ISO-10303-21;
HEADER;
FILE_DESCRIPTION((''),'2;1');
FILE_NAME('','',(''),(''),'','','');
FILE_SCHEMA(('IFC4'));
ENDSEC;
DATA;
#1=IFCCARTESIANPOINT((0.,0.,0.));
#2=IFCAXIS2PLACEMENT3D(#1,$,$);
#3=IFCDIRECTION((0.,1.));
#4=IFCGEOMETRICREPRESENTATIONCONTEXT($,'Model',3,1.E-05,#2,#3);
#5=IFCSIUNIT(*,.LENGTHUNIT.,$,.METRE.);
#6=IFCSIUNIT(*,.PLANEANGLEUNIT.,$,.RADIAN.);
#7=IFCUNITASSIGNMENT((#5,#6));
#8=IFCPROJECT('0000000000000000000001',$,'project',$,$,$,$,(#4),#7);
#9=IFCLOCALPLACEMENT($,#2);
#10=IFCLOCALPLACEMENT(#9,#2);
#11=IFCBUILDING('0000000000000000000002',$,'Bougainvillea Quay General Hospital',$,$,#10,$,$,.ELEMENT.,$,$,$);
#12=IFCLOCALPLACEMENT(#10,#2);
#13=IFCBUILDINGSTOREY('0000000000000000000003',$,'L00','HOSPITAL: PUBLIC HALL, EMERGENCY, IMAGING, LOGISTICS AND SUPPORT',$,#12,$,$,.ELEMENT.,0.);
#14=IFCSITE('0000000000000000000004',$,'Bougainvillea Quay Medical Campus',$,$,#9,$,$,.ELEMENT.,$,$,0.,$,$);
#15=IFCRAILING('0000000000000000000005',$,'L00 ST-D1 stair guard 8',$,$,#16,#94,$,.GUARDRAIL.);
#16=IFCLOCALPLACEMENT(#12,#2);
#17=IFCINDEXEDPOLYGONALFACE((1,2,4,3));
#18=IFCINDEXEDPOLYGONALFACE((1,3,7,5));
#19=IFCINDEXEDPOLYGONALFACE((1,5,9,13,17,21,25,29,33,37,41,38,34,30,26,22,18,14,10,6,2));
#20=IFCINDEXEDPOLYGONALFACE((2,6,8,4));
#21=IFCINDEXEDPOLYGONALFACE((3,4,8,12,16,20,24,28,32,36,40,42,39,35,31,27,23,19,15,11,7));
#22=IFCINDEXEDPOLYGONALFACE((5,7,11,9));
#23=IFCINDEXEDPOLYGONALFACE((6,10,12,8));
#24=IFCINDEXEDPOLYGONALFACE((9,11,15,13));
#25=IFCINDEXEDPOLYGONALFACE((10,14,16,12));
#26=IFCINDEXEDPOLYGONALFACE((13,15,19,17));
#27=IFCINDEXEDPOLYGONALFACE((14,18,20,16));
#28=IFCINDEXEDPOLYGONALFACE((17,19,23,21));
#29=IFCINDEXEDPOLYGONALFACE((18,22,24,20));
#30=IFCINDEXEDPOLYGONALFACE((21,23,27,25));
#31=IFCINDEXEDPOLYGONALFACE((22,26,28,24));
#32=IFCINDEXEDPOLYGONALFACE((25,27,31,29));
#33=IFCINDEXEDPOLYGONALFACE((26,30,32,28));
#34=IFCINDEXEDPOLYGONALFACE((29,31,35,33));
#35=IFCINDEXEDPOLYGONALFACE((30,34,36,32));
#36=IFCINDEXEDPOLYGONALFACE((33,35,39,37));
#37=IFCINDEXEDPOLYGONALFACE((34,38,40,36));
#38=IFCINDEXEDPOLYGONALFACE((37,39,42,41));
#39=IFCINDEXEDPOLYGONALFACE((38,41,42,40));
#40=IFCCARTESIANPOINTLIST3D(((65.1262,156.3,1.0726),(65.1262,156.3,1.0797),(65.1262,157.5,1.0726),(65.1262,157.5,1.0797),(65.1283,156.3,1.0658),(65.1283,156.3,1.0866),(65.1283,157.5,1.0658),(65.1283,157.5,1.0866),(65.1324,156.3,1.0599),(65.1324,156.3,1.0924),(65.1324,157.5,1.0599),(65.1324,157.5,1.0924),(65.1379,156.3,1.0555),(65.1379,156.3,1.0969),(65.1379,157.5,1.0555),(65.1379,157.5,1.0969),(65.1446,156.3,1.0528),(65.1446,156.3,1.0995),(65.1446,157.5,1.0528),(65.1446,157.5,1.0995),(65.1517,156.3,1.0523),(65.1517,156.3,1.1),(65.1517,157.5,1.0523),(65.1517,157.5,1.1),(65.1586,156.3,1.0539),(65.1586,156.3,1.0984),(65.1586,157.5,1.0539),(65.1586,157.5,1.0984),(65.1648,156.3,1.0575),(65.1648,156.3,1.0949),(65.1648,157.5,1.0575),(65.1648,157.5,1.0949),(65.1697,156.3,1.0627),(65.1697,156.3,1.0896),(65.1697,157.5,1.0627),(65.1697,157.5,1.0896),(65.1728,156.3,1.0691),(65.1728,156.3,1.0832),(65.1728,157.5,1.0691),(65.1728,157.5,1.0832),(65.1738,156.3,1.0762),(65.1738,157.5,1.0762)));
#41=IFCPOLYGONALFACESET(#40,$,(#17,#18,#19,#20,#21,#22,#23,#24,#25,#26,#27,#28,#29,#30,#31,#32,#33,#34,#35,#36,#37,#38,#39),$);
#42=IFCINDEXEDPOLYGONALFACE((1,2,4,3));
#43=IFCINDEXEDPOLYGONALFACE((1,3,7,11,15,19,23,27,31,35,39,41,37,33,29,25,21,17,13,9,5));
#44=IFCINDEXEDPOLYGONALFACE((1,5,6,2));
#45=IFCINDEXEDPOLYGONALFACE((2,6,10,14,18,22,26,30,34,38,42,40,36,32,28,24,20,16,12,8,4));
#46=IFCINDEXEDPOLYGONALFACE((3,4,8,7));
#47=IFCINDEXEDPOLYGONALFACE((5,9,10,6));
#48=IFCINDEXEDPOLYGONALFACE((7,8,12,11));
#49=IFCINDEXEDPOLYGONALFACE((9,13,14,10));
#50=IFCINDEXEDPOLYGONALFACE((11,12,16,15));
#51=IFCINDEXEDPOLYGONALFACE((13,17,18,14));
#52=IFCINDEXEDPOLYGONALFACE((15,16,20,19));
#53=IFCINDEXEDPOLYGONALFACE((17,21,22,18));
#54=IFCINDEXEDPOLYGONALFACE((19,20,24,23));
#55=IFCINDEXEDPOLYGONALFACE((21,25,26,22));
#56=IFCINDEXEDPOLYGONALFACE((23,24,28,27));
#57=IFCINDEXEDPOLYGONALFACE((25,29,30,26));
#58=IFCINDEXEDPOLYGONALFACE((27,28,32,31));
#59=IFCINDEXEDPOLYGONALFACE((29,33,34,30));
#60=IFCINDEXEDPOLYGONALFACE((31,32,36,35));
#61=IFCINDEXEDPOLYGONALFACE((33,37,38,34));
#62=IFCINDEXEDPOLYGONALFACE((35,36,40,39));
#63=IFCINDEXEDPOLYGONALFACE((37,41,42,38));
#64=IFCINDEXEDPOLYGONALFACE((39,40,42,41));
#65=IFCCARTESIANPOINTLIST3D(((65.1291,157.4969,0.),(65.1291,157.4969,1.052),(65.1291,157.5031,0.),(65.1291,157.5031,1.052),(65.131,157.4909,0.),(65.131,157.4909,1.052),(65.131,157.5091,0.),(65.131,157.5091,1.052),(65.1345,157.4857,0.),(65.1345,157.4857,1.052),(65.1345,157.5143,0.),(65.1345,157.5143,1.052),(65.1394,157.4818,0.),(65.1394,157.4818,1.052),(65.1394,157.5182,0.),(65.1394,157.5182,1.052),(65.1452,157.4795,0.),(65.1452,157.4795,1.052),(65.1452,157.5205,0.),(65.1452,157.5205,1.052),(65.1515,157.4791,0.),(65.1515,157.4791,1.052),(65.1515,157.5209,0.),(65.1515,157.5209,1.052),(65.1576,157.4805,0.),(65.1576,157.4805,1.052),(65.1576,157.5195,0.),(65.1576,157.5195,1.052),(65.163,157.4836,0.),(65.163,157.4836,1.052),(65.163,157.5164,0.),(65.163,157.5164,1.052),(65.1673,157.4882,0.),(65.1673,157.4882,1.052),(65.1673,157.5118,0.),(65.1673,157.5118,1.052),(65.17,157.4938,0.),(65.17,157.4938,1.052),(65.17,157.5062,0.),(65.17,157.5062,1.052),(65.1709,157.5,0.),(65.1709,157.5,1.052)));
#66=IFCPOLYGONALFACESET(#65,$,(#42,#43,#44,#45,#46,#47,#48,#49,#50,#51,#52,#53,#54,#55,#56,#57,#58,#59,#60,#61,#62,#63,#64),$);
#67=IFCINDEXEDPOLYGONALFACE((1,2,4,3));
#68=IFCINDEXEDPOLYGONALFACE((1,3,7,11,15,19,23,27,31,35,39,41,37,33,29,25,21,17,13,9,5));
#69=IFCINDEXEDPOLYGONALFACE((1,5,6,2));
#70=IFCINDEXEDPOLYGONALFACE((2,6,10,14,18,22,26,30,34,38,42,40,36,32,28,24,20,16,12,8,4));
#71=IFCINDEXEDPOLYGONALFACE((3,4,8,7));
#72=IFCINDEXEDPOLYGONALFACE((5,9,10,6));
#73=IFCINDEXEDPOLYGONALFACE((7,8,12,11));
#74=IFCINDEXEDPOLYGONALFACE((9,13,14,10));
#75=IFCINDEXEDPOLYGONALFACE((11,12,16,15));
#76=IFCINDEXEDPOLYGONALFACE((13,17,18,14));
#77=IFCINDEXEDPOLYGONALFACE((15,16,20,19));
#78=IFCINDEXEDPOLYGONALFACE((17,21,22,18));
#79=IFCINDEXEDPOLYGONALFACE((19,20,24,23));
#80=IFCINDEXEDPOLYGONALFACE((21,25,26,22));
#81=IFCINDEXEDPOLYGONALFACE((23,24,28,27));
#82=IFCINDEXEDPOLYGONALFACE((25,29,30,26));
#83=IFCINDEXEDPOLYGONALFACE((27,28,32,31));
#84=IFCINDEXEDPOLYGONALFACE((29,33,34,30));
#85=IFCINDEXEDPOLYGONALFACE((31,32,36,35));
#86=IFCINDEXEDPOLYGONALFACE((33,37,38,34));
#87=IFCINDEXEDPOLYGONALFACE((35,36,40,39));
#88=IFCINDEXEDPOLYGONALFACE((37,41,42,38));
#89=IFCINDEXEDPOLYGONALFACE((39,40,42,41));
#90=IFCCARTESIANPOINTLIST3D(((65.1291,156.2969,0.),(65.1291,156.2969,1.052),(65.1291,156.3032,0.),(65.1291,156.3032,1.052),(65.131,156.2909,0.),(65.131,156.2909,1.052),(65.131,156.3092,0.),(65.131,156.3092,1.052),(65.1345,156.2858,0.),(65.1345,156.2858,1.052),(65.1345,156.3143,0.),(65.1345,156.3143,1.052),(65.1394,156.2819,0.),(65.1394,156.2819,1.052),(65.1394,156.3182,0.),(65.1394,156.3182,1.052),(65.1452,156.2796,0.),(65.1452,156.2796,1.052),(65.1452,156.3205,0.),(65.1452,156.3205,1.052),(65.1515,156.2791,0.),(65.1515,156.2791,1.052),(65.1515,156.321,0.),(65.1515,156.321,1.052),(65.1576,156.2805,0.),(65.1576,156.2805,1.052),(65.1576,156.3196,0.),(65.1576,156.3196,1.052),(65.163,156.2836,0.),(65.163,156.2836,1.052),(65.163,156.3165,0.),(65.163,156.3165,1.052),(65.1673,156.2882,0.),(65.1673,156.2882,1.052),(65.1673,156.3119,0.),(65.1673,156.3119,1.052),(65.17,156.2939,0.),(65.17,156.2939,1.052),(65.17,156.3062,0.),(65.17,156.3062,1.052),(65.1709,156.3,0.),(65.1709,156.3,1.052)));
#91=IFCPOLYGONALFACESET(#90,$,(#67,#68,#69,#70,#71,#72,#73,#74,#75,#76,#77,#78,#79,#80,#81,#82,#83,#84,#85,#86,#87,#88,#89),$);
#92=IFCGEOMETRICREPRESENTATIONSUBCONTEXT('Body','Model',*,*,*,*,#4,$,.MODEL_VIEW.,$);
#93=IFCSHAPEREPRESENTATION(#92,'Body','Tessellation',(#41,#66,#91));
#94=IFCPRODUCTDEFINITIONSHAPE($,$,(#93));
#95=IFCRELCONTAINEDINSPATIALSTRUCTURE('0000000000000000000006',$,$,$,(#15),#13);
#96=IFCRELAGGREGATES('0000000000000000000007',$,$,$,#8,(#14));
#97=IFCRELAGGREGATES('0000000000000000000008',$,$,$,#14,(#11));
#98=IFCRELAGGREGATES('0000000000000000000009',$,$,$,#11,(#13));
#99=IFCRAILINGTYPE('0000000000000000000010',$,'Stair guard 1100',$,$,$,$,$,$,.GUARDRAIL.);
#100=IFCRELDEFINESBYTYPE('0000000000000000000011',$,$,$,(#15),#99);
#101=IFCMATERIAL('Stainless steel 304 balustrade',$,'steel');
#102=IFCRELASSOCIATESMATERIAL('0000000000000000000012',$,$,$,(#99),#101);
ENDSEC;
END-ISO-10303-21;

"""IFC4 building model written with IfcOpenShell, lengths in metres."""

from ifc_helpers import new_model, si_unit, direction, frame, origin, origin_2d, place, context, subcontext, project, spatial, circle, extrude, material, type_object, element, save


model = new_model("IFC4")

# Units and contexts
model_context = context("Model", 3, precision=1e-05, world=origin(), true_north=direction((0.0, 1.0)))
body_context = subcontext(model_context, "Body", "Model", "MODEL_VIEW")
ifc_project = project(units=[si_unit("LENGTHUNIT", "METRE"), si_unit("PLANEANGLEUNIT", "RADIAN")], contexts=[model_context])

# Site, building, storey
site_placement = place(None, origin())
site = spatial("IfcSite", under=ifc_project, at=site_placement, Name="Bougainvillea Quay Medical Campus", CompositionType="ELEMENT", RefElevation=0.0)
building_placement = place(site_placement, origin())
building = spatial("IfcBuilding", under=site, at=building_placement, Name="Bougainvillea Quay General Hospital", CompositionType="ELEMENT")
storey_placement = place(building_placement, origin())
storey = spatial("IfcBuildingStorey", under=building, at=storey_placement, Name="L00", Description="HOSPITAL: PUBLIC HALL, EMERGENCY, IMAGING, LOGISTICS AND SUPPORT", CompositionType="ELEMENT", Elevation=0.0)

# Railing
ifc_material_1 = material(Name="Stainless steel 304 balustrade", Category="steel")
railing_type_1 = type_object("IfcRailingType", Name="Stair guard 1100", PredefinedType="GUARDRAIL", material=ifc_material_1)
railing_1_placement = place(storey_placement, frame((65.1499, 157.5, 0.0)))
element("IfcRailing", 1, at=railing_1_placement, inside=storey, type_object=railing_type_1, Name="L00 ST-D1 stair guard 8", PredefinedType="GUARDRAIL", context=body_context, shape_type="SweptSolid", body=[
    extrude(circle(Radius=0.0239, at=origin_2d()), frame((0.0, 0.0, 1.0762), z_axis=(0.0, -1.0, 0.0), x_axis=(1.0, 0.0, 0.0)), (0.0, 0.0, 1.0), 1.2),
    extrude(circle(Radius=0.021, at=origin_2d()), origin(), (0.0, 0.0, 1.0), 1.052),
    extrude(circle(Radius=0.021, at=origin_2d()), frame((0.0, -1.2, 0.0)), (0.0, 0.0, 1.0), 1.052),
])

save(model, "model.ifc")
